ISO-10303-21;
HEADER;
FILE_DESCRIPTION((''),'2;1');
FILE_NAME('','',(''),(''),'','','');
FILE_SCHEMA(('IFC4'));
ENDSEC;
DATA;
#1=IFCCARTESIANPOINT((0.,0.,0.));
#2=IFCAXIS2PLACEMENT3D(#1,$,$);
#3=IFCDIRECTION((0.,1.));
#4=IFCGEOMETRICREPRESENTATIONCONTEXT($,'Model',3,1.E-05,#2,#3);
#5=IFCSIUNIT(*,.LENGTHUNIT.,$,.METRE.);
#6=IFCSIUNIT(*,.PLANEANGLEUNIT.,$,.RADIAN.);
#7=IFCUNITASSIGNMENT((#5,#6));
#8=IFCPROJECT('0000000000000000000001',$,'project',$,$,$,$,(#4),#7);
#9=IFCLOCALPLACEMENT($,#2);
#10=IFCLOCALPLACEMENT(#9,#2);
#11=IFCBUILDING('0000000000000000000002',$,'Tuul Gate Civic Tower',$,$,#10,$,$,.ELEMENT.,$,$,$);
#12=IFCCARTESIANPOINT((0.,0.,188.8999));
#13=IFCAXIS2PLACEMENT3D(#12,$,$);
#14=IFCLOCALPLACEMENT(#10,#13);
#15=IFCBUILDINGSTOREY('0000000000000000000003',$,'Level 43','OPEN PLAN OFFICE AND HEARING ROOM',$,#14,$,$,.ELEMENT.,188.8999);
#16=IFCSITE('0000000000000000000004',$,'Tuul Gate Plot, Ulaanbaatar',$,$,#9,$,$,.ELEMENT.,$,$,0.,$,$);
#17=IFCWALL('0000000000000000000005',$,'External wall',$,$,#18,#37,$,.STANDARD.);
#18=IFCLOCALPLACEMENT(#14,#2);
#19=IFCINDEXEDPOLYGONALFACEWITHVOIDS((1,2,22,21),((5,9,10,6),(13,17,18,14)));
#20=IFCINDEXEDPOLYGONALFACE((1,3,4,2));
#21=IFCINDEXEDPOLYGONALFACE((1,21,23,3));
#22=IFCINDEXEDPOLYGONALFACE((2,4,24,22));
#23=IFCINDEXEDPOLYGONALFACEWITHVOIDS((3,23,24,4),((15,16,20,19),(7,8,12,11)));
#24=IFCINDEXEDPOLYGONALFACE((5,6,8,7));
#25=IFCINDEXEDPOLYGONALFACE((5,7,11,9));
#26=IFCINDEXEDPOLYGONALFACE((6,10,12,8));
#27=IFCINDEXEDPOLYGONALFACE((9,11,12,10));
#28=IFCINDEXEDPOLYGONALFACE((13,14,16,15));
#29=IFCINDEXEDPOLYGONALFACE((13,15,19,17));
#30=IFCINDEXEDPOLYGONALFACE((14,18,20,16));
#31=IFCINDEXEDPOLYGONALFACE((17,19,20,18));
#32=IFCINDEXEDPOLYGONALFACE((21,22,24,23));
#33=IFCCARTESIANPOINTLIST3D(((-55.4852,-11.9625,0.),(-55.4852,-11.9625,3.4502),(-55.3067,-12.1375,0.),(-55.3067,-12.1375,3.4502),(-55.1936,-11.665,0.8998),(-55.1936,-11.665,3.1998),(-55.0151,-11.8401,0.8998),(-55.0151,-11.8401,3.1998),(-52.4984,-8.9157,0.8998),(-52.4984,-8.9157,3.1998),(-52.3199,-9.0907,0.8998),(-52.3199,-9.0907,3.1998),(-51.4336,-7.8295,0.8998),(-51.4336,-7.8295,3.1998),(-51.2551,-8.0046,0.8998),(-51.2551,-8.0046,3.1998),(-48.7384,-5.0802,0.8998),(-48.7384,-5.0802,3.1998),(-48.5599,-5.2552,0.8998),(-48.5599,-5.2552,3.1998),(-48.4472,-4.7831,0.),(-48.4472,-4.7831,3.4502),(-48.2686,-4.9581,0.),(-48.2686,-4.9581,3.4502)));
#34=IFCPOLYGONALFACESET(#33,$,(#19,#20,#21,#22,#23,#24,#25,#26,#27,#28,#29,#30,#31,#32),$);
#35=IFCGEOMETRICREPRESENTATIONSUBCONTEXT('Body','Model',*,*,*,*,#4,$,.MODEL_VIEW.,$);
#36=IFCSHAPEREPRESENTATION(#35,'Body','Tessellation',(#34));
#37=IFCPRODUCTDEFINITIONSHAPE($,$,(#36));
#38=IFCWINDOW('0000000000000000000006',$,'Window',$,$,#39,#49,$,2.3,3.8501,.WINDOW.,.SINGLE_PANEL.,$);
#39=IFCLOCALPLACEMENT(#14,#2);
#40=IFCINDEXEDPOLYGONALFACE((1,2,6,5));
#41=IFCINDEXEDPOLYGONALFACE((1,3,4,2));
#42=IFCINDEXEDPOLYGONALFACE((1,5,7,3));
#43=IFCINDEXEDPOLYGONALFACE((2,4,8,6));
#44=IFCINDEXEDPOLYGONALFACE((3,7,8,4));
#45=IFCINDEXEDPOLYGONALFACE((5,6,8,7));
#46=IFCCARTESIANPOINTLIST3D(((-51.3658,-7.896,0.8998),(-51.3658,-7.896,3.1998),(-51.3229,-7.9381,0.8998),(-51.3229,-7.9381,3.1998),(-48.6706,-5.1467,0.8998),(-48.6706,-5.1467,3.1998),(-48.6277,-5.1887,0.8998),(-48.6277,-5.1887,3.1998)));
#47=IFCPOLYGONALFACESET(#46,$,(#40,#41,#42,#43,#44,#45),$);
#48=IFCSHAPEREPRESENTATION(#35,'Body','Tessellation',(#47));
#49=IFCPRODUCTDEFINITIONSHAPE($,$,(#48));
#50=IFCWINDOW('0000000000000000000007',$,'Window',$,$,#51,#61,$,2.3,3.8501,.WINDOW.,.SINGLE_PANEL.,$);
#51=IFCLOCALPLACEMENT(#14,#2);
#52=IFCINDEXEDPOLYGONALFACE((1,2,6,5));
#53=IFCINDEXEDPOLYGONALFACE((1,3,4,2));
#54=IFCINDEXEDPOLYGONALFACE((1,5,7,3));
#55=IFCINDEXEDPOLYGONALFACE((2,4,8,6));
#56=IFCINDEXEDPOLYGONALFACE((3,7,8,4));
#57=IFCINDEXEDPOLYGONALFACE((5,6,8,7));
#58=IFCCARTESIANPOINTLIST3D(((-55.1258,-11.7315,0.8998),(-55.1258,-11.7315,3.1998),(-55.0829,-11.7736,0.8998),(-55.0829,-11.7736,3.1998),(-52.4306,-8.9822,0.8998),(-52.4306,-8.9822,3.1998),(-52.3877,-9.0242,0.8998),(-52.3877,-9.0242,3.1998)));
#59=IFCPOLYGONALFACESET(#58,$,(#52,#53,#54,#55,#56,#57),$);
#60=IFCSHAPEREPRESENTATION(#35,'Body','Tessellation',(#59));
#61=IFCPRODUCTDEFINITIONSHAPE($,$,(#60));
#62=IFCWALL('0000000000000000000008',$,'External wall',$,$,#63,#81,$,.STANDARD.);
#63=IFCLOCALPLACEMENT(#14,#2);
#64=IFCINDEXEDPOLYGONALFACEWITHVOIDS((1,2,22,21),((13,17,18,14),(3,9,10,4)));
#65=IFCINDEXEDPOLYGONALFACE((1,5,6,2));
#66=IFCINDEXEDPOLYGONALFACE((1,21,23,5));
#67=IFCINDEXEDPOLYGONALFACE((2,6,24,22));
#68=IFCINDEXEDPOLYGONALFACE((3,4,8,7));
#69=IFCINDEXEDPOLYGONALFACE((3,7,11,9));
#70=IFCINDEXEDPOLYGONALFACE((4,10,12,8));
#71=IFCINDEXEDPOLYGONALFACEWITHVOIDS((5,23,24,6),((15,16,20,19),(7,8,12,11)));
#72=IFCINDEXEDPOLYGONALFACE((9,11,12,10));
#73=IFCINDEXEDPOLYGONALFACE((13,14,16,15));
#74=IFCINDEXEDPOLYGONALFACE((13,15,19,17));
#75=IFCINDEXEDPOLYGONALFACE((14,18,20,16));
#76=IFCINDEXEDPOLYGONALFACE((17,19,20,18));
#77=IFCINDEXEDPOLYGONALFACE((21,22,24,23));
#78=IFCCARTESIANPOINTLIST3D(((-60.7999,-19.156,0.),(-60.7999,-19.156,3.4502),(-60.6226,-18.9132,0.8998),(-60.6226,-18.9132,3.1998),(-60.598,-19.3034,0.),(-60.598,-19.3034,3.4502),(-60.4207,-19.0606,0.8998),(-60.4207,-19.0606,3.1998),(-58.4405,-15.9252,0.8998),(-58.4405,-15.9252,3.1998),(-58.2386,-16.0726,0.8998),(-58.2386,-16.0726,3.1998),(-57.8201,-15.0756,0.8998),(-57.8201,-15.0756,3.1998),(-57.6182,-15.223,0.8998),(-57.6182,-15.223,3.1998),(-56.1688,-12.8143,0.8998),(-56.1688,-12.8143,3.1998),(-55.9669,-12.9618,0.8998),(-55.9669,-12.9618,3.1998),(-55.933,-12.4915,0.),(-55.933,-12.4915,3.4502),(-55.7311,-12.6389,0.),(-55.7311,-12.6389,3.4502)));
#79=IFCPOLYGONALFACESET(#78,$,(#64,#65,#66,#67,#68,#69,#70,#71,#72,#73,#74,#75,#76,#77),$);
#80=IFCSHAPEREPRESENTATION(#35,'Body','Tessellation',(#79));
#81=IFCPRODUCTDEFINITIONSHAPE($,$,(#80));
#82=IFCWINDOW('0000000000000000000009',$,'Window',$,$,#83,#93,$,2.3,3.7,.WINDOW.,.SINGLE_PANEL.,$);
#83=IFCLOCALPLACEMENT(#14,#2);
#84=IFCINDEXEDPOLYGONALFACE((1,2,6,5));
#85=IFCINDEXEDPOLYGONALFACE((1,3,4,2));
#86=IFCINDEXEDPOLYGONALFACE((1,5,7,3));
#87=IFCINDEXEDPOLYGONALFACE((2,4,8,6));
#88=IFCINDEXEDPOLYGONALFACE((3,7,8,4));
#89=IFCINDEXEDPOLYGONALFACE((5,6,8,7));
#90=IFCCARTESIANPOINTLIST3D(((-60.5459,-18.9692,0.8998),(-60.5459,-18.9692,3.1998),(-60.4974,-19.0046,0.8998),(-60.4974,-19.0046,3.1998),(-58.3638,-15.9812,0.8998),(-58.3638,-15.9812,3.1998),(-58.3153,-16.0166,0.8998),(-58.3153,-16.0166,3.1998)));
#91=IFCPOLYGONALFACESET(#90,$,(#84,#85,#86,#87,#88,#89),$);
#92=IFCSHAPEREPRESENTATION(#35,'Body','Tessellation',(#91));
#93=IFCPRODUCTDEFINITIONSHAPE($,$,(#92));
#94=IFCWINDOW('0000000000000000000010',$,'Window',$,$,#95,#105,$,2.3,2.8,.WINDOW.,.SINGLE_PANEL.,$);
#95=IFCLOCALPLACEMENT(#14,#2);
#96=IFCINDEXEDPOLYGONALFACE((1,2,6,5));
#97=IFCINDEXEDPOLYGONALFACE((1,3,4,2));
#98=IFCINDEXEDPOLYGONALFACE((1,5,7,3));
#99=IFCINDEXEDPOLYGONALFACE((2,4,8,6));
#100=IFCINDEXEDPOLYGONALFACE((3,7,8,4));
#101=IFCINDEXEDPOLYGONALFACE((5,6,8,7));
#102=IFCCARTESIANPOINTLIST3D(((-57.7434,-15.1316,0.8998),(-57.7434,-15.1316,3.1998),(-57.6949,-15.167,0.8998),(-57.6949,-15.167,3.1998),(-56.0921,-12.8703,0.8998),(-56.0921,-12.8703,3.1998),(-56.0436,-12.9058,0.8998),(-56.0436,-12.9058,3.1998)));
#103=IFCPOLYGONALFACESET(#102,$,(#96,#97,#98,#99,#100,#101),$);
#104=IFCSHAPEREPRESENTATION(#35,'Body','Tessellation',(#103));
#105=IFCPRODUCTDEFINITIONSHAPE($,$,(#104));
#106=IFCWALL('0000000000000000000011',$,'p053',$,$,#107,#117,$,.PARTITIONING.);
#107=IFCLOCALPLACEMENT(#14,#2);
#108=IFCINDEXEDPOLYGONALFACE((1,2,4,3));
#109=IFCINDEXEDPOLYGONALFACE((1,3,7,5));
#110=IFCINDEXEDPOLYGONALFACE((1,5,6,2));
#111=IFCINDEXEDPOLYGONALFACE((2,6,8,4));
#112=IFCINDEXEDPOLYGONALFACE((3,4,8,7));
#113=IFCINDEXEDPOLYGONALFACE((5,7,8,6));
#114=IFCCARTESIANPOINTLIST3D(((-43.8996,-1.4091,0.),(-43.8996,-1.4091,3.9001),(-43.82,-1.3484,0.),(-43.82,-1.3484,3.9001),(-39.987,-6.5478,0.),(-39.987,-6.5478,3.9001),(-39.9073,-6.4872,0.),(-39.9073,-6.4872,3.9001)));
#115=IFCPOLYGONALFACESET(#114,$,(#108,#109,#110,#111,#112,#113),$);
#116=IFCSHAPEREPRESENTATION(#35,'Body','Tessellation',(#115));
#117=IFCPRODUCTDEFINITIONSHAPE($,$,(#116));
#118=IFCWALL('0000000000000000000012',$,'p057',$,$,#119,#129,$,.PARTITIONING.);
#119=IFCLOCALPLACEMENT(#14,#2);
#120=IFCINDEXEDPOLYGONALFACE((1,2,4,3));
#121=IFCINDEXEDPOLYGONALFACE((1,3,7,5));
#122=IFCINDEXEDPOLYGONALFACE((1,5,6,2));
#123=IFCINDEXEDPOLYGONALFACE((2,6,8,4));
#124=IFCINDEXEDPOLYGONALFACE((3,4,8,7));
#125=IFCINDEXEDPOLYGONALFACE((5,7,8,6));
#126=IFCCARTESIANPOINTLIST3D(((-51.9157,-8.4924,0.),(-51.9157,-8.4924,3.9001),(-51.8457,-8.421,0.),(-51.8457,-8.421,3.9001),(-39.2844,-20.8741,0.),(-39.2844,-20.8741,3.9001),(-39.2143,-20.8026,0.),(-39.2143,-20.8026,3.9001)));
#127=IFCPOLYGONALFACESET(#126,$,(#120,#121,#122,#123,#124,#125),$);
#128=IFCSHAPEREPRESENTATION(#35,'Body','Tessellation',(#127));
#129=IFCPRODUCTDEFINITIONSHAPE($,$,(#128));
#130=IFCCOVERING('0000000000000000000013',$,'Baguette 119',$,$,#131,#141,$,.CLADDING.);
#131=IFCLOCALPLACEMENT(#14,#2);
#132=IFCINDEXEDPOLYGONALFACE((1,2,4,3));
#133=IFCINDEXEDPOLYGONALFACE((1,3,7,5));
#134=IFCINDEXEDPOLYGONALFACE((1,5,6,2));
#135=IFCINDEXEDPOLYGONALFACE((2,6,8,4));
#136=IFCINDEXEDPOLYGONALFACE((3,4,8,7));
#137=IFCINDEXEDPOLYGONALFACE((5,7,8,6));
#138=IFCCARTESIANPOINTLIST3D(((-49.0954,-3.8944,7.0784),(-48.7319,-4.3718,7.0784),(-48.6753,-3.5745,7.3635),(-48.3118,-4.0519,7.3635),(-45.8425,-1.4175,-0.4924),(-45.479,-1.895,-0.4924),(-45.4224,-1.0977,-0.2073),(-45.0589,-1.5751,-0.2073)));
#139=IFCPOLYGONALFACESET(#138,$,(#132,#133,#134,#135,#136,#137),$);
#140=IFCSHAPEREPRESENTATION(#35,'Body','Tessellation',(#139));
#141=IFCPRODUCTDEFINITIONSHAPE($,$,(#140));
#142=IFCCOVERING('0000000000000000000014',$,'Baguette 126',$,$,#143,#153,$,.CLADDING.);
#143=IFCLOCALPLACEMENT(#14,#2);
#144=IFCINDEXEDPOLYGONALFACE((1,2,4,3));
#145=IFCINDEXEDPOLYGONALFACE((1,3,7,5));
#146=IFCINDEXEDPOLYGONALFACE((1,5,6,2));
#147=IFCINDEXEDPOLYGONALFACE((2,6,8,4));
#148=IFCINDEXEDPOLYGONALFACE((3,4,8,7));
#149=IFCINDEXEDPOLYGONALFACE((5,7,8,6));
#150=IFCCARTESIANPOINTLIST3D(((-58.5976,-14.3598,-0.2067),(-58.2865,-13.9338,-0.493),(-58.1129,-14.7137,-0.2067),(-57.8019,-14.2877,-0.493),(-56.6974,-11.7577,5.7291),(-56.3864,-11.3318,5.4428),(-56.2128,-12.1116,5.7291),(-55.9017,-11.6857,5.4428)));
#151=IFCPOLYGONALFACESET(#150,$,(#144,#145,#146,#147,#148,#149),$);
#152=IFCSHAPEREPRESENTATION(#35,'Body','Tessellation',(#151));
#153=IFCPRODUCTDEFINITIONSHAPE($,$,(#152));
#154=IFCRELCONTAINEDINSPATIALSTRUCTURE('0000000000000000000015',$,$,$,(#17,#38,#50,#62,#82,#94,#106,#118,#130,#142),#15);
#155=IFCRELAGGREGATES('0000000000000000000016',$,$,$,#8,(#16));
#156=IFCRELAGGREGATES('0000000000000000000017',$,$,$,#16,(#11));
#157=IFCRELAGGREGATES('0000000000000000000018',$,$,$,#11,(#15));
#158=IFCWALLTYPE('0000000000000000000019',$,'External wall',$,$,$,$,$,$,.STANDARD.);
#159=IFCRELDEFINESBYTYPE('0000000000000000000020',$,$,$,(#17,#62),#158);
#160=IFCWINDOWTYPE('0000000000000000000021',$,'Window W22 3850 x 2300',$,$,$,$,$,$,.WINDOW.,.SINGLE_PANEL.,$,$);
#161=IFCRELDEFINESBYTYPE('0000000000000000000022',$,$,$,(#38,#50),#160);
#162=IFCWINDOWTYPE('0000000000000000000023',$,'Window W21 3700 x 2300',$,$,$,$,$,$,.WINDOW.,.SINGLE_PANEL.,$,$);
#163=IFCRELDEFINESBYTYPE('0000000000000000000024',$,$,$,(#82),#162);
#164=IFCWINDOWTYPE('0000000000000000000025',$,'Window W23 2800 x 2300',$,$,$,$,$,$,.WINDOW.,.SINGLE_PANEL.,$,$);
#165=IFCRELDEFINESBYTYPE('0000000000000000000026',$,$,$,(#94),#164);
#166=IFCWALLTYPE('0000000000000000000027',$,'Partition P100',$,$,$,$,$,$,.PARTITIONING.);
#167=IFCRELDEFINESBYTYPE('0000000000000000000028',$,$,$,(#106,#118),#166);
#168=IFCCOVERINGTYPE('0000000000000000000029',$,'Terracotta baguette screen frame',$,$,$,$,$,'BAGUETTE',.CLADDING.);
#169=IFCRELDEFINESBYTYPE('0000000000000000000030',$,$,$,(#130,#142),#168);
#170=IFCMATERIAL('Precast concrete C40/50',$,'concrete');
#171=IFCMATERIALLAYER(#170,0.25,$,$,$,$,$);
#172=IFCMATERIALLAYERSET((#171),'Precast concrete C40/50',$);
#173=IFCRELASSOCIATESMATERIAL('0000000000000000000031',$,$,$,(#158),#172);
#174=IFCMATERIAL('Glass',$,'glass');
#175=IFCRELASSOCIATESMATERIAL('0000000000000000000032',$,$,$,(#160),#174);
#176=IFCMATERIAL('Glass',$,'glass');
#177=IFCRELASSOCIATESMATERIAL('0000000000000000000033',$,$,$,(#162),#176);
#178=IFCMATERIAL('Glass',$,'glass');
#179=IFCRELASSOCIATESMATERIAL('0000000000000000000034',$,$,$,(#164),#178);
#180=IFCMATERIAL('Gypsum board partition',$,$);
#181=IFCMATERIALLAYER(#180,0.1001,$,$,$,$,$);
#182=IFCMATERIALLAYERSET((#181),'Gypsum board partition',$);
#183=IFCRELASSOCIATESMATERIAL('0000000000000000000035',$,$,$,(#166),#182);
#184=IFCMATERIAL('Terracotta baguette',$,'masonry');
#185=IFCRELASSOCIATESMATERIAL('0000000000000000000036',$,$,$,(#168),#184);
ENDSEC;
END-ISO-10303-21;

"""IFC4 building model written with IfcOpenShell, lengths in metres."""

from ifc_helpers import new_model, si_unit, direction, frame, frame_2d, origin, origin_2d, place, context, subcontext, project, spatial, rectangle, extrude, material, layer, layer_set, material_profile, profile_set, type_object, element, fill, save


model = new_model("IFC4")

# Units and contexts
model_context = context("Model", 3, precision=1e-05, world=origin(), true_north=direction((0.0, 1.0)))
body_context = subcontext(model_context, "Body", "Model", "MODEL_VIEW")
ifc_project = project(units=[si_unit("LENGTHUNIT", "METRE"), si_unit("PLANEANGLEUNIT", "RADIAN")], contexts=[model_context])

# Site, building, storey
site_placement = place(None, origin())
site = spatial("IfcSite", under=ifc_project, at=site_placement, Name="Tuul Gate Plot, Ulaanbaatar", CompositionType="ELEMENT", RefElevation=0.0)
building_placement = place(site_placement, origin())
building = spatial("IfcBuilding", under=site, at=building_placement, Name="Tuul Gate Civic Tower", CompositionType="ELEMENT")
storey_placement = place(building_placement, frame((0.0, 0.0, 188.8999)))
storey = spatial("IfcBuildingStorey", under=building, at=storey_placement, Name="Level 43", Description="OPEN PLAN OFFICE AND HEARING ROOM", CompositionType="ELEMENT", Elevation=188.8999)

# Walls, openings, windows
ifc_material_1 = material(Name="Precast concrete C40/50", Category="concrete")
ifc_layer_1 = layer(ifc_material_1, 0.25)
ifc_layer_set_1 = layer_set([ifc_layer_1], Name="Precast concrete C40/50")
wall_type_1 = type_object("IfcWallType", Name="External wall", PredefinedType="STANDARD", material=ifc_layer_set_1)
ifc_material_2 = material(Name="Glass", Category="glass")
window_type_1 = type_object("IfcWindowType", Name="Window W22 3850 x 2300", PartitioningType="SINGLE_PANEL", PredefinedType="WINDOW", material=ifc_material_2)
wall_1_placement = place(storey_placement, frame((-48.3579, -4.8706, 0.0), z_axis=(0.0, 0.0, 1.0), x_axis=(-0.700042, -0.714102, 0.0)))
wall_1 = element("IfcWall", 1, at=wall_1_placement, inside=storey, type_object=wall_type_1, Name="External wall", PredefinedType="STANDARD", context=body_context, shape_type="SweptSolid", body=[
    extrude(rectangle(XDim=10.0537, YDim=0.25, at=frame_2d((5.0269, 0.0))), origin(), (0.0, 0.0, 1.0), 3.4502),
])
opening_1_placement = place(wall_1_placement, frame((0.416, 0.0, 0.8999)))
opening_1 = element("IfcOpeningElement", 2, at=opening_1_placement, cuts=wall_1, PredefinedType="OPENING", context=body_context, shape_type="SweptSolid", body=[
    extrude(rectangle(XDim=3.8501, YDim=2.3, at=frame_2d((1.925, 1.1499))), frame((0.0, 0.135, 0.0), z_axis=(0.0, -1.0, 0.0), x_axis=(1.0, 0.0, 0.0)), (0.0, 0.0, 1.0), 0.27),
])
opening_2_placement = place(wall_1_placement, frame((5.7871, 0.0, 0.8999)))
opening_2 = element("IfcOpeningElement", 3, at=opening_2_placement, cuts=wall_1, PredefinedType="OPENING", context=body_context, shape_type="SweptSolid", body=[
    extrude(rectangle(XDim=3.8501, YDim=2.3, at=frame_2d((1.925, 1.1499))), frame((0.0, 0.135, 0.0), z_axis=(0.0, -1.0, 0.0), x_axis=(1.0, 0.0, 0.0)), (0.0, 0.0, 1.0), 0.27),
])
window_1_placement = place(opening_1_placement, origin())
window_1 = element("IfcWindow", 4, at=window_1_placement, inside=storey, type_object=window_type_1, Name="Window", OverallHeight=2.3, OverallWidth=3.8501, PartitioningType="SINGLE_PANEL", PredefinedType="WINDOW", context=body_context, shape_type="SweptSolid", body=[
    extrude(rectangle(XDim=3.8501, YDim=2.3, at=frame_2d((1.925, 1.1499))), frame((0.0, 0.03, 0.0), z_axis=(0.0, -1.0, 0.0), x_axis=(1.0, 0.0, 0.0)), (0.0, 0.0, 1.0), 0.0601),
])
fill(opening_1, window_1)
window_2_placement = place(opening_2_placement, origin())
window_2 = element("IfcWindow", 5, at=window_2_placement, inside=storey, type_object=window_type_1, Name="Window", OverallHeight=2.3, OverallWidth=3.8501, PartitioningType="SINGLE_PANEL", PredefinedType="WINDOW", context=body_context, shape_type="SweptSolid", body=[
    extrude(rectangle(XDim=3.8501, YDim=2.3, at=frame_2d((1.925, 1.1499))), frame((0.0, 0.03, 0.0), z_axis=(0.0, -1.0, 0.0), x_axis=(1.0, 0.0, 0.0)), (0.0, 0.0, 1.0), 0.0601),
])
fill(opening_2, window_2)
wall_2_placement = place(storey_placement, frame((-55.832, -12.5652, 0.0), z_axis=(0.0, 0.0, 1.0), x_axis=(-0.589755, -0.807582, 0.0)))
wall_2 = element("IfcWall", 6, at=wall_2_placement, inside=storey, type_object=wall_type_1, Name="External wall", PredefinedType="STANDARD", context=body_context, shape_type="SweptSolid", body=[
    extrude(rectangle(XDim=8.2524, YDim=0.25, at=frame_2d((4.1262, 0.0))), origin(), (0.0, 0.0, 1.0), 3.4502),
])
opening_3_placement = place(wall_2_placement, frame((0.3999, 0.0, 0.8999)))
opening_3 = element("IfcOpeningElement", 7, at=opening_3_placement, cuts=wall_2, PredefinedType="OPENING", context=body_context, shape_type="SweptSolid", body=[
    extrude(rectangle(XDim=2.8, YDim=2.3, at=frame_2d((1.3999, 1.1499))), frame((0.0, 0.135, 0.0), z_axis=(0.0, -1.0, 0.0), x_axis=(1.0, 0.0, 0.0)), (0.0, 0.0, 1.0), 0.27),
])
opening_4_placement = place(wall_2_placement, frame((4.2517, 0.0, 0.8999)))
opening_4 = element("IfcOpeningElement", 8, at=opening_4_placement, cuts=wall_2, PredefinedType="OPENING", context=body_context, shape_type="SweptSolid", body=[
    extrude(rectangle(XDim=3.7, YDim=2.3, at=frame_2d((1.8501, 1.1499))), frame((0.0, 0.135, 0.0), z_axis=(0.0, -1.0, 0.0), x_axis=(1.0, 0.0, 0.0)), (0.0, 0.0, 1.0), 0.27),
])
ifc_material_3 = material(Name="Glass", Category="glass")
window_type_2 = type_object("IfcWindowType", Name="Window W21 3700 x 2300", PartitioningType="SINGLE_PANEL", PredefinedType="WINDOW", material=ifc_material_3)
window_3_placement = place(opening_4_placement, origin())
window_3 = element("IfcWindow", 9, at=window_3_placement, inside=storey, type_object=window_type_2, Name="Window", OverallHeight=2.3, OverallWidth=3.7, PartitioningType="SINGLE_PANEL", PredefinedType="WINDOW", context=body_context, shape_type="SweptSolid", body=[
    extrude(rectangle(XDim=3.7, YDim=2.3, at=frame_2d((1.8501, 1.1499))), frame((0.0, 0.03, 0.0), z_axis=(0.0, -1.0, 0.0), x_axis=(1.0, 0.0, 0.0)), (0.0, 0.0, 1.0), 0.0601),
])
fill(opening_4, window_3)
ifc_material_4 = material(Name="Glass", Category="glass")
window_type_3 = type_object("IfcWindowType", Name="Window W23 2800 x 2300", PartitioningType="SINGLE_PANEL", PredefinedType="WINDOW", material=ifc_material_4)
window_4_placement = place(opening_3_placement, origin())
window_4 = element("IfcWindow", 10, at=window_4_placement, inside=storey, type_object=window_type_3, Name="Window", OverallHeight=2.3, OverallWidth=2.8, PartitioningType="SINGLE_PANEL", PredefinedType="WINDOW", context=body_context, shape_type="SweptSolid", body=[
    extrude(rectangle(XDim=2.8, YDim=2.3, at=frame_2d((1.3999, 1.1499))), frame((0.0, 0.03, 0.0), z_axis=(0.0, -1.0, 0.0), x_axis=(1.0, 0.0, 0.0)), (0.0, 0.0, 1.0), 0.0601),
])
fill(opening_3, window_4)

# Walls
ifc_material_5 = material(Name="Gypsum board partition")
ifc_layer_2 = layer(ifc_material_5, 0.1001)
ifc_layer_set_2 = layer_set([ifc_layer_2], Name="Gypsum board partition")
wall_type_2 = type_object("IfcWallType", Name="Partition P100", PredefinedType="PARTITIONING", material=ifc_layer_set_2)
wall_3_placement = place(storey_placement, frame((-43.8599, -1.3787, 0.0), z_axis=(0.0, 0.0, 1.0), x_axis=(0.60579, -0.795624, 0.0)))
element("IfcWall", 11, at=wall_3_placement, inside=storey, type_object=wall_type_2, Name="p053", PredefinedType="PARTITIONING", context=body_context, shape_type="SweptSolid", body=[
    extrude(rectangle(XDim=6.4587, YDim=0.1001, at=frame_2d((3.2295, 0.0))), origin(), (0.0, 0.0, 1.0), 3.9001),
])
wall_4_placement = place(storey_placement, frame((-51.8806, -8.4568, 0.0), z_axis=(0.0, 0.0, 1.0), x_axis=(0.714132, -0.700011, 0.0)))
element("IfcWall", 12, at=wall_4_placement, inside=storey, type_object=wall_type_2, Name="p057", PredefinedType="PARTITIONING", context=body_context, shape_type="SweptSolid", body=[
    extrude(rectangle(XDim=17.6877, YDim=0.1001, at=frame_2d((8.8438, 0.0))), origin(), (0.0, 0.0, 1.0), 3.9001),
])

# Coverings
ifc_material_6 = material(Name="Terracotta baguette", Category="masonry")
ifc_material_profile_1 = material_profile(ifc_material_6, rectangle(XDim=0.6001, YDim=0.6001, at=origin_2d()), Name="Terracotta baguette screen frame")
ifc_profile_set_1 = profile_set([ifc_material_profile_1], Name="Terracotta baguette")
covering_type = type_object("IfcCoveringType", Name="Terracotta baguette screen frame", ElementType="BAGUETTE", PredefinedType="CLADDING", material=ifc_profile_set_1)
covering_1_placement = place(storey_placement, frame((-48.7036, -3.9731, 7.2209), z_axis=(0.378061, 0.287858, -0.879891), x_axis=(-0.605793, 0.795622, 0.0)))
element("IfcCovering", 13, at=covering_1_placement, inside=storey, type_object=covering_type, Name="Baguette 119", PredefinedType="CLADDING", context=body_context, shape_type="SweptSolid", body=[
    extrude(rectangle(XDim=0.6001, YDim=0.6001, at=origin_2d()), origin(), (0.0, 0.0, 1.0), 8.6042),
])
covering_2_placement = place(storey_placement, frame((-56.2996, -11.7217, 5.5859), z_axis=(-0.281342, -0.385268, -0.878872), x_axis=(0.807591, -0.589743, 0.0)))
element("IfcCovering", 14, at=covering_2_placement, inside=storey, type_object=covering_type, Name="Baguette 126", PredefinedType="CLADDING", context=body_context, shape_type="SweptSolid", body=[
    extrude(rectangle(XDim=0.6001, YDim=0.6001, at=origin_2d()), origin(), (0.0, 0.0, 1.0), 6.7539),
])

save(model, "model.ifc")
